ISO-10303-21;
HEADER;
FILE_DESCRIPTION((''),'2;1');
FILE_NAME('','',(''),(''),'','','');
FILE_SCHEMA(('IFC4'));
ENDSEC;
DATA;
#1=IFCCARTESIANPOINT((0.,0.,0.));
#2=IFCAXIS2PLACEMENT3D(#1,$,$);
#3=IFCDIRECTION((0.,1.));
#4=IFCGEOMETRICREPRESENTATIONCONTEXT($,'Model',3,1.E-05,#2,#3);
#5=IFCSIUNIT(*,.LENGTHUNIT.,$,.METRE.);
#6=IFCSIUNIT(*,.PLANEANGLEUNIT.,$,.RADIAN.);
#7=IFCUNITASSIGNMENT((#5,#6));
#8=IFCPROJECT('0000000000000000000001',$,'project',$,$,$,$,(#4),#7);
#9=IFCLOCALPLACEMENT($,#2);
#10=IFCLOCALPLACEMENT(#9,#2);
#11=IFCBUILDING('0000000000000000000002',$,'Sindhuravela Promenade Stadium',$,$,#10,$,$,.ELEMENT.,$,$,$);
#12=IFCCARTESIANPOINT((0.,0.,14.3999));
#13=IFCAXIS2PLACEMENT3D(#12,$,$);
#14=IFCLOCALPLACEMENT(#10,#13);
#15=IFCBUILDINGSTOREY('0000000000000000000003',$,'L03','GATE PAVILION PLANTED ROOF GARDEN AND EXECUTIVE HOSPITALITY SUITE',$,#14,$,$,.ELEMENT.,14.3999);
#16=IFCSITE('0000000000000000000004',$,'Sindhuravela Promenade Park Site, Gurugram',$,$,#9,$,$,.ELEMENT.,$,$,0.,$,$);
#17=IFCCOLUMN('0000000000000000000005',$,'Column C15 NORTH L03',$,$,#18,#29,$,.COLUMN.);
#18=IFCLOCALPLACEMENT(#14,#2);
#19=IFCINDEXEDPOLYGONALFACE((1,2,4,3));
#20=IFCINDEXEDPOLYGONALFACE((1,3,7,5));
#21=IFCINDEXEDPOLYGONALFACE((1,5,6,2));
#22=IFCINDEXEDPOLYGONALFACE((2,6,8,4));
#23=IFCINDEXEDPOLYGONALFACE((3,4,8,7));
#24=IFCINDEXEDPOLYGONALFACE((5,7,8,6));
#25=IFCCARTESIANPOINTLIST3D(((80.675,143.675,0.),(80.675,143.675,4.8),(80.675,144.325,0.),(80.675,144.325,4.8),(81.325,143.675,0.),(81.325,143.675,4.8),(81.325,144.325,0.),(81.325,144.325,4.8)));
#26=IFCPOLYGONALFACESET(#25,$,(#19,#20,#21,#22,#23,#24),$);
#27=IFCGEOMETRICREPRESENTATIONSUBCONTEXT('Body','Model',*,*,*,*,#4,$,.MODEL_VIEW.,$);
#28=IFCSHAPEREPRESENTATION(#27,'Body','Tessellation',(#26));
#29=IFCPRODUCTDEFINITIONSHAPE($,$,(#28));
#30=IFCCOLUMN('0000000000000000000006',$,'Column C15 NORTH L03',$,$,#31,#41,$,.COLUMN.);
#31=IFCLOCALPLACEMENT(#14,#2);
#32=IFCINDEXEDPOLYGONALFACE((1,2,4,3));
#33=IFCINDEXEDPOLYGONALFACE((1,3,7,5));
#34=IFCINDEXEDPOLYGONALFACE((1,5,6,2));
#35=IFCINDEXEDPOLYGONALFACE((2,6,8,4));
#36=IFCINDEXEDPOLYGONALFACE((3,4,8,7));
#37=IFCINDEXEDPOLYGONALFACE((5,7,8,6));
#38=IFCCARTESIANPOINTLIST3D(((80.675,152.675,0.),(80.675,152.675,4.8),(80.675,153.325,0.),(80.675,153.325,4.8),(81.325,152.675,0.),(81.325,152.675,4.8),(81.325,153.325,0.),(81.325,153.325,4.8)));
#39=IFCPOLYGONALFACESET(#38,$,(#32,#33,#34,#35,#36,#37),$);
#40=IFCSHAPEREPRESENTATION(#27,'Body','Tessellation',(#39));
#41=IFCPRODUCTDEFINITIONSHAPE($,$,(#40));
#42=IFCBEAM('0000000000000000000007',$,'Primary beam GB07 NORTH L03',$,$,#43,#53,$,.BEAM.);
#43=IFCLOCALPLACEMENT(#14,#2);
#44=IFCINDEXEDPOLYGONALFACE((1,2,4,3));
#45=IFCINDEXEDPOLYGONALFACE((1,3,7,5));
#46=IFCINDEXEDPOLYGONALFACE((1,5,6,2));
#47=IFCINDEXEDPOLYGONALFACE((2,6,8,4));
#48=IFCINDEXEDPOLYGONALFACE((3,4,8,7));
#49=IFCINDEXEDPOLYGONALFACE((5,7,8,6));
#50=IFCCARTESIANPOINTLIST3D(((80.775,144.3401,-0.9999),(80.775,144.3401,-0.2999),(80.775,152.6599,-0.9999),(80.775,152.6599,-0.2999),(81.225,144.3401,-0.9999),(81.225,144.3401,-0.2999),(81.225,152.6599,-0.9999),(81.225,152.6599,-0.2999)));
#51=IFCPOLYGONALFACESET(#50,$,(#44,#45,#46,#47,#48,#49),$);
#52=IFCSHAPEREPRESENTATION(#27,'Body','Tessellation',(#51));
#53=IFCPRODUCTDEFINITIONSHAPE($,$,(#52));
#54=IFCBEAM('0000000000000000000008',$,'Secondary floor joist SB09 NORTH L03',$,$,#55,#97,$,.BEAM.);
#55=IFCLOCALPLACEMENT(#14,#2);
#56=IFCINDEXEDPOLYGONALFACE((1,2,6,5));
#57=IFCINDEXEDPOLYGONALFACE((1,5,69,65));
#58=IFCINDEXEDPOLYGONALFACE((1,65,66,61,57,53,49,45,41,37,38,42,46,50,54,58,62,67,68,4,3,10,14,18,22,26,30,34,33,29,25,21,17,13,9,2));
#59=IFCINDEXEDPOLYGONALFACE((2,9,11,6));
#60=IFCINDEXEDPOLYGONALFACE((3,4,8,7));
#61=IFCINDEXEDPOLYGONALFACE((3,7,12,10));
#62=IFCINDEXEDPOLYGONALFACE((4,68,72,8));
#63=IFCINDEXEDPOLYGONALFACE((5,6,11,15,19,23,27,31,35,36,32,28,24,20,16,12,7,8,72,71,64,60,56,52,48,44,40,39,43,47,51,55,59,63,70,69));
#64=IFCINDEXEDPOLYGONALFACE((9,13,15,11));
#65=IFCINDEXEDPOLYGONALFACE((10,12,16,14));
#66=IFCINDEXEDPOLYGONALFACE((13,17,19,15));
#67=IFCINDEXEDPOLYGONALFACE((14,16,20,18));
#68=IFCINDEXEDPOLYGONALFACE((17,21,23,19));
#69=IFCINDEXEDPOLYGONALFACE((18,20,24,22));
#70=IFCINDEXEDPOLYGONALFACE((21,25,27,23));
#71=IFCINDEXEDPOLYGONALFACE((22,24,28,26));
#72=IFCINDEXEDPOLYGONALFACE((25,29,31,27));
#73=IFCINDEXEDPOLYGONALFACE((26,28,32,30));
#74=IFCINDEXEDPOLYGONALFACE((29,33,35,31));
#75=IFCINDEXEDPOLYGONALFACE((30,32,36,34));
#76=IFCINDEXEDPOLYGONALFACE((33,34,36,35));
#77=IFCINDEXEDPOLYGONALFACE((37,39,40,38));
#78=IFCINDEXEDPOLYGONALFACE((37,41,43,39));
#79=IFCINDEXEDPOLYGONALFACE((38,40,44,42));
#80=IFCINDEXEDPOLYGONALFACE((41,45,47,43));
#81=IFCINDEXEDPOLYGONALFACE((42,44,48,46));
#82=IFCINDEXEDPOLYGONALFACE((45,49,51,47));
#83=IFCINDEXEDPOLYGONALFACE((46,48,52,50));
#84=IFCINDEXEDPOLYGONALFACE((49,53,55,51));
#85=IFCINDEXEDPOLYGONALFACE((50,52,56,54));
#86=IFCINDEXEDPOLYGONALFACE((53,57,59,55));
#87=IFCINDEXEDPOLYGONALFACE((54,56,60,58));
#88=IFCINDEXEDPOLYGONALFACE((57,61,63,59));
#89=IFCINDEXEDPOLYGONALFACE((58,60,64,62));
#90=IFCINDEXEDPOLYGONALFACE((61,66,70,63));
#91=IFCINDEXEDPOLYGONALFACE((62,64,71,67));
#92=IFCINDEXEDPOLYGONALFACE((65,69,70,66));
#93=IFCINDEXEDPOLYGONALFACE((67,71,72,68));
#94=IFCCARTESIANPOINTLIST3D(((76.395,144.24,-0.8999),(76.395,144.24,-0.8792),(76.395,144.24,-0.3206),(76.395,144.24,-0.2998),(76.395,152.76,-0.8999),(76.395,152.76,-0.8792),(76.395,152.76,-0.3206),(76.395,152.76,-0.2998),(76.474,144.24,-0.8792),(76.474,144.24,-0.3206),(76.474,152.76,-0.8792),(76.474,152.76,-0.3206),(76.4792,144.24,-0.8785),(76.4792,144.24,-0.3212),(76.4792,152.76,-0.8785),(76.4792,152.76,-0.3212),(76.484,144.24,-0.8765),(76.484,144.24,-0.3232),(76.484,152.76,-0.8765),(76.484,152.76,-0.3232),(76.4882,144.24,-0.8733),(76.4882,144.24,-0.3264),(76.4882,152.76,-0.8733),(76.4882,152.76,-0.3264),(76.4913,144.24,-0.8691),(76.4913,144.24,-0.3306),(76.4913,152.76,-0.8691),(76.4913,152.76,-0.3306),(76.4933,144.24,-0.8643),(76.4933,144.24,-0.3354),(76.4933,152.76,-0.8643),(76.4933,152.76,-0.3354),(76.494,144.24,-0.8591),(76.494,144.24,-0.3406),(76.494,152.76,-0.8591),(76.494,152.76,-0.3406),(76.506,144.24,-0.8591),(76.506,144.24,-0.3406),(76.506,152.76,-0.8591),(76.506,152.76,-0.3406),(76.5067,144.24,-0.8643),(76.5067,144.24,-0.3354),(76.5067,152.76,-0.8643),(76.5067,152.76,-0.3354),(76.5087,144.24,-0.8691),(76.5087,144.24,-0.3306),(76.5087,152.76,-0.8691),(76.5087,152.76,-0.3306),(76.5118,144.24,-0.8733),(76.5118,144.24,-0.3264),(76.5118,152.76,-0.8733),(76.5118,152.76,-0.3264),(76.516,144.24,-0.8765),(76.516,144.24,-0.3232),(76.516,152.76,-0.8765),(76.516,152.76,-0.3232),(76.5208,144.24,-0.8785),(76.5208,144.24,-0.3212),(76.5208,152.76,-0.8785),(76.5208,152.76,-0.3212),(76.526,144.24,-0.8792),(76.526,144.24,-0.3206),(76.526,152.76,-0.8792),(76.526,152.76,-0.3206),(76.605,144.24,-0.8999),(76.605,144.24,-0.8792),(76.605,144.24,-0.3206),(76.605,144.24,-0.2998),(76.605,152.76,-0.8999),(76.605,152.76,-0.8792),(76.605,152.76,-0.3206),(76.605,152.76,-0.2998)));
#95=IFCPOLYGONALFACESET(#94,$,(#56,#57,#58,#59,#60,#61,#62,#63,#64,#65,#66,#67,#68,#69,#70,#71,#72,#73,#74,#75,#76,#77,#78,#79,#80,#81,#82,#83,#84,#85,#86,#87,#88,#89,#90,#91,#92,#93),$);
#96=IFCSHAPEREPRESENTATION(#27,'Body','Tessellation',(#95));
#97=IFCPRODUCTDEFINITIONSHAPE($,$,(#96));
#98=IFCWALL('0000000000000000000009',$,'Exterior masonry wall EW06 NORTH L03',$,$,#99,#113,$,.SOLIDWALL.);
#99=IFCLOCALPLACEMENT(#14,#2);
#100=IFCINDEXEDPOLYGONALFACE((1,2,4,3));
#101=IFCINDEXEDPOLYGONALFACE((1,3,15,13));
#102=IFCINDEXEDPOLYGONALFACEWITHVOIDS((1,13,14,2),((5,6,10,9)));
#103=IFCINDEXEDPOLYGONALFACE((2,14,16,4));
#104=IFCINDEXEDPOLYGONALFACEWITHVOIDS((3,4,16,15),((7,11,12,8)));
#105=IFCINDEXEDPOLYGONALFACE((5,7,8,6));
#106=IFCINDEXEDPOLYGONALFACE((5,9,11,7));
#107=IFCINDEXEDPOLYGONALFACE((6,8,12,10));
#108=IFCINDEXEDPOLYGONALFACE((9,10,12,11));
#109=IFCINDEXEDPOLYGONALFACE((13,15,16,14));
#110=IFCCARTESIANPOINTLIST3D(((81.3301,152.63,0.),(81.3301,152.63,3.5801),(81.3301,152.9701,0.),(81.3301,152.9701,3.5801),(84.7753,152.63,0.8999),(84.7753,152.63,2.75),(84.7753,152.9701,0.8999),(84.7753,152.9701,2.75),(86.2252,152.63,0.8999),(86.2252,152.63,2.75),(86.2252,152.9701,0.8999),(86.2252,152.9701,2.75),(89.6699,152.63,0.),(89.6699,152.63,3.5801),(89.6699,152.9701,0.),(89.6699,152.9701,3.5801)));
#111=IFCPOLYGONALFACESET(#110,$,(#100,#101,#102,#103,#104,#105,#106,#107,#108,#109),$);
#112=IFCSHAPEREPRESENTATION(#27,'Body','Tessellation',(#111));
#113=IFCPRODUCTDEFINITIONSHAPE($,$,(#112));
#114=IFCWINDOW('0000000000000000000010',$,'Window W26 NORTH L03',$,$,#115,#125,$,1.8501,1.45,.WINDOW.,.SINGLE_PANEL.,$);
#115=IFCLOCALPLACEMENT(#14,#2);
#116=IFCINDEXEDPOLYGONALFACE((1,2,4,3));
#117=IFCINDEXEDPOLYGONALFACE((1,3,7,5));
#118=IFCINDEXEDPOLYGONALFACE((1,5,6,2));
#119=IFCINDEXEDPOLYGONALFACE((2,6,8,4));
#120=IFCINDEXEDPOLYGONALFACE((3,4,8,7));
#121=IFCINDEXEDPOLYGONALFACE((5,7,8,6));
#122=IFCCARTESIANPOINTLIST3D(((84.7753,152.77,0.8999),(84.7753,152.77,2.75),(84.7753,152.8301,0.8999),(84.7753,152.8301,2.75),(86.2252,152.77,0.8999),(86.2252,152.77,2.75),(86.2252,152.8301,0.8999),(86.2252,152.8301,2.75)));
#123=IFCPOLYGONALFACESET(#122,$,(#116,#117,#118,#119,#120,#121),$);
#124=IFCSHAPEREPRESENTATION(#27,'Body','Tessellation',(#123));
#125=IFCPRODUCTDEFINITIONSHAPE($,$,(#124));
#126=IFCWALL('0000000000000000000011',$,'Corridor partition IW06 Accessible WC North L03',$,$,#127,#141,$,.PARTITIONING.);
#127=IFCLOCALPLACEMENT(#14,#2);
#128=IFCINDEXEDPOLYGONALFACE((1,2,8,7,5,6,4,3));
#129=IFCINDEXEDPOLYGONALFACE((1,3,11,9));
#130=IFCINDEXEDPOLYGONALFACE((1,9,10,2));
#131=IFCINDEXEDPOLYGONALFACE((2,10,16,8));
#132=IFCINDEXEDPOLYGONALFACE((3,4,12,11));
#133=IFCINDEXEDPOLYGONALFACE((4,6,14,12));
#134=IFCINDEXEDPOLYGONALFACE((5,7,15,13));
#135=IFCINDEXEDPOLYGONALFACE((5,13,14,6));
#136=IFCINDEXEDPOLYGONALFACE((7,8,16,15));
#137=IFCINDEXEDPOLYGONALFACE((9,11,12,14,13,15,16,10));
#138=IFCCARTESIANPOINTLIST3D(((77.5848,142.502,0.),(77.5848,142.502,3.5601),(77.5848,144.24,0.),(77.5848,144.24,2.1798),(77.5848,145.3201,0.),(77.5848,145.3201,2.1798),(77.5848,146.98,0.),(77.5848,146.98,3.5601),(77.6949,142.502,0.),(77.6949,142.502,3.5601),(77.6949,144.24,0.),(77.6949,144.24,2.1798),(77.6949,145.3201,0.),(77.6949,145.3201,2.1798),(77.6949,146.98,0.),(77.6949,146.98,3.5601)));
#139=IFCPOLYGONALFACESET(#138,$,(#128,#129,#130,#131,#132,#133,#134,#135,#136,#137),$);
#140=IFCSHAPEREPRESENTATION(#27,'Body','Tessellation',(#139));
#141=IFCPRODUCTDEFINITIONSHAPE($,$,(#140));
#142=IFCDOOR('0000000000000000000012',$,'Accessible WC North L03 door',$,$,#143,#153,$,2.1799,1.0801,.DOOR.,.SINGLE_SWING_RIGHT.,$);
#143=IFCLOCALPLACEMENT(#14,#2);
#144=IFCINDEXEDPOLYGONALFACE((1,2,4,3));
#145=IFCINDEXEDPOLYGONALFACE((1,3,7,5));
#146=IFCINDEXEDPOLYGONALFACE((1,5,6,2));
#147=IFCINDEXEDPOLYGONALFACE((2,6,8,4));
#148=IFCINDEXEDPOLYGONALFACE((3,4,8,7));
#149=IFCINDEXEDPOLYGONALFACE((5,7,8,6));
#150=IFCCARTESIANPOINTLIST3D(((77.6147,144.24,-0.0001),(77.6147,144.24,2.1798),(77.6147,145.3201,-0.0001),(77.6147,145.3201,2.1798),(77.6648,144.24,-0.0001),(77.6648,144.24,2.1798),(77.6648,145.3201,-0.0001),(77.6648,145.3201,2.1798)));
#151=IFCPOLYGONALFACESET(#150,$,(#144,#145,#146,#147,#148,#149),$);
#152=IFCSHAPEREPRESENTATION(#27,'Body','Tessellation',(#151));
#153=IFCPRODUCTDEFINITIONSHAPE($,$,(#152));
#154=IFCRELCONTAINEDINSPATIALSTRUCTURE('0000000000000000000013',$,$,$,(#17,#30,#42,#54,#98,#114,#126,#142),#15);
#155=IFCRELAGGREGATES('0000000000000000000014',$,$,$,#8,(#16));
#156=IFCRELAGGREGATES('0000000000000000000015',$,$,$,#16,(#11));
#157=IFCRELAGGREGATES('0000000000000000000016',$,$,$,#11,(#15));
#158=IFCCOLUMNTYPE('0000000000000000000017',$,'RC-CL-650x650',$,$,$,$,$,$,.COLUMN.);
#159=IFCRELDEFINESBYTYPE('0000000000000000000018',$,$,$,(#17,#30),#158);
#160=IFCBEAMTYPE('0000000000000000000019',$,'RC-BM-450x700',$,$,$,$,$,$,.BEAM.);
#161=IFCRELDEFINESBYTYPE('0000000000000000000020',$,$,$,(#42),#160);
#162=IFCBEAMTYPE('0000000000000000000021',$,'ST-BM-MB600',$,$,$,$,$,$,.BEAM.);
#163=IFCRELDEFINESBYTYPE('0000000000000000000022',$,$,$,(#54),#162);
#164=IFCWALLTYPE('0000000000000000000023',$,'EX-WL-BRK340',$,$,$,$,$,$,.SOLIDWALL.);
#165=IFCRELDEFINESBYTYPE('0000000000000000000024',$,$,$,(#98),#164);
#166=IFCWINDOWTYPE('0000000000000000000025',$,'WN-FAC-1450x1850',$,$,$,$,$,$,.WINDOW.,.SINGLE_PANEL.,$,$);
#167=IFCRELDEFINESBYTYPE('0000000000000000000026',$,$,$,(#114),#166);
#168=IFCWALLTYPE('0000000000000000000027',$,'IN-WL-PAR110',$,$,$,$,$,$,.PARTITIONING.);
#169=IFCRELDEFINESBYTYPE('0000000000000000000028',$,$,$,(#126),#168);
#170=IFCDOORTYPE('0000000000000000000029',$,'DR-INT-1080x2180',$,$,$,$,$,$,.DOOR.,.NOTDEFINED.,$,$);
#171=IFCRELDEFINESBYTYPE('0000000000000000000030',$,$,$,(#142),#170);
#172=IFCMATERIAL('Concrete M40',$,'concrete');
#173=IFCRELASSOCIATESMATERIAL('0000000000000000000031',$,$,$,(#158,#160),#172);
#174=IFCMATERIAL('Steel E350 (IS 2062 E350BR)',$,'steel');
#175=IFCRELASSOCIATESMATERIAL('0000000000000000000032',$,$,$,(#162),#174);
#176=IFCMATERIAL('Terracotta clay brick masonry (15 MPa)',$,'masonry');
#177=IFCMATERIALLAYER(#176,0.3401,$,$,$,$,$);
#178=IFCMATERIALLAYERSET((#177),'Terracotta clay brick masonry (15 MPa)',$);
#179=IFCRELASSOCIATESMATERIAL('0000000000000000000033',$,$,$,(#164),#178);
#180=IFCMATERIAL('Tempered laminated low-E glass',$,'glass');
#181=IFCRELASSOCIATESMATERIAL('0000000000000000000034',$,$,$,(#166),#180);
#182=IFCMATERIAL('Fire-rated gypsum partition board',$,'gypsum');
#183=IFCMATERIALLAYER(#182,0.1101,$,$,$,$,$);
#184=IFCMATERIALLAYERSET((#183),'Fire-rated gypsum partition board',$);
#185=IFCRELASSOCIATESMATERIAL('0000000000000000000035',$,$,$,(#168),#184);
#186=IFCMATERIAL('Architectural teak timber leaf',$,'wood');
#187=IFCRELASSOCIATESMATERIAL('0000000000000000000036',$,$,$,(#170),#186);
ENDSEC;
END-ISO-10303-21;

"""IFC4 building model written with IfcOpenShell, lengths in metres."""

from ifc_helpers import new_model, si_unit, direction, frame, frame_2d, origin, origin_2d, place, context, subcontext, project, spatial, rectangle, i_section, extrude, material, layer, layer_set, material_profile, profile_set, type_object, element, fill, save


model = new_model("IFC4")

# Units and contexts
model_context = context("Model", 3, precision=1e-05, world=origin(), true_north=direction((0.0, 1.0)))
body_context = subcontext(model_context, "Body", "Model", "MODEL_VIEW")
ifc_project = project(units=[si_unit("LENGTHUNIT", "METRE"), si_unit("PLANEANGLEUNIT", "RADIAN")], contexts=[model_context])

# Site, building, storey
site_placement = place(None, origin())
site = spatial("IfcSite", under=ifc_project, at=site_placement, Name="Sindhuravela Promenade Park Site, Gurugram", CompositionType="ELEMENT", RefElevation=0.0)
building_placement = place(site_placement, origin())
building = spatial("IfcBuilding", under=site, at=building_placement, Name="Sindhuravela Promenade Stadium", CompositionType="ELEMENT")
storey_placement = place(building_placement, frame((0.0, 0.0, 14.3999)))
storey = spatial("IfcBuildingStorey", under=building, at=storey_placement, Name="L03", Description="GATE PAVILION PLANTED ROOF GARDEN AND EXECUTIVE HOSPITALITY SUITE", CompositionType="ELEMENT", Elevation=14.3999)

# Columns
ifc_material_1 = material(Name="Concrete M40", Category="concrete")
ifc_material_profile_1 = material_profile(ifc_material_1, rectangle(XDim=0.6499, YDim=0.6499, at=origin_2d()), Name="RC 650x650")
ifc_profile_set_1 = profile_set([ifc_material_profile_1], Name="Concrete M40")
column_type = type_object("IfcColumnType", Name="RC-CL-650x650", PredefinedType="COLUMN", material=ifc_profile_set_1)
for number, where, z_axis, x_axis, name in (
    (1, (81.0, 144.0, 0.0), (0.0, 0.0, 1.0), (1.0, 0.0, 0.0), "Column C15 NORTH L03"),
    (2, (81.0, 153.0, 0.0), (0.0, 0.0, 1.0), (1.0, 0.0, 0.0), "Column C15 NORTH L03"),
):
    element("IfcColumn", number, at=place(storey_placement, frame(where, z_axis=z_axis, x_axis=x_axis)), inside=storey, type_object=column_type, Name=name, PredefinedType="COLUMN", context=body_context, shape_type="SweptSolid", body=[
        extrude(rectangle(XDim=0.6499, YDim=0.6499, at=origin_2d()), origin(), (0.0, 0.0, 1.0), 4.8),
    ])

# Beams
ifc_material_profile_2 = material_profile(ifc_material_1, rectangle(XDim=0.45, YDim=0.7, at=origin_2d()), Name="RC 450x700")
ifc_profile_set_2 = profile_set([ifc_material_profile_2], Name="Concrete M40")
beam_type_1 = type_object("IfcBeamType", Name="RC-BM-450x700", PredefinedType="BEAM", material=ifc_profile_set_2)
beam_1_placement = place(storey_placement, frame((81.0, 144.3401, -0.6499), z_axis=(0.0, 1.0, 0.0), x_axis=(-1.0, 0.0, 0.0)))
element("IfcBeam", 3, at=beam_1_placement, inside=storey, type_object=beam_type_1, Name="Primary beam GB07 NORTH L03", PredefinedType="BEAM", context=body_context, shape_type="SweptSolid", body=[
    extrude(rectangle(XDim=0.45, YDim=0.7, at=origin_2d()), origin(), (0.0, 0.0, 1.0), 8.3198),
])
ifc_material_2 = material(Name="Steel E350 (IS 2062 E350BR)", Category="steel")
ifc_material_profile_3 = material_profile(ifc_material_2, i_section(OverallWidth=0.21, OverallDepth=0.6001, WebThickness=0.012, FlangeThickness=0.0208, FilletRadius=0.02, at=origin_2d()), Name="ISMB 600")
ifc_profile_set_3 = profile_set([ifc_material_profile_3], Name="Steel E350 (IS 2062 E350BR)")
beam_type_2 = type_object("IfcBeamType", Name="ST-BM-MB600", PredefinedType="BEAM", material=ifc_profile_set_3)
beam_2_placement = place(storey_placement, frame((76.5, 144.24, -0.5999), z_axis=(0.0, 1.0, 0.0), x_axis=(-1.0, 0.0, 0.0)))
element("IfcBeam", 4, at=beam_2_placement, inside=storey, type_object=beam_type_2, Name="Secondary floor joist SB09 NORTH L03", PredefinedType="BEAM", context=body_context, shape_type="SweptSolid", body=[
    extrude(i_section(OverallWidth=0.21, OverallDepth=0.6001, WebThickness=0.012, FlangeThickness=0.0208, FilletRadius=0.02, at=origin_2d()), origin(), (0.0, 0.0, 1.0), 8.52),
])

# Wall, opening, window
ifc_material_3 = material(Name="Terracotta clay brick masonry (15 MPa)", Category="masonry")
ifc_layer_1 = layer(ifc_material_3, 0.3401)
ifc_layer_set_1 = layer_set([ifc_layer_1], Name="Terracotta clay brick masonry (15 MPa)")
wall_type_1 = type_object("IfcWallType", Name="EX-WL-BRK340", PredefinedType="SOLIDWALL", material=ifc_layer_set_1)
wall_1_placement = place(storey_placement, frame((81.3301, 152.8, 0.0), z_axis=(0.0, 0.0, 1.0), x_axis=(1.0, 0.0, 0.0)))
wall_1 = element("IfcWall", 5, at=wall_1_placement, inside=storey, type_object=wall_type_1, Name="Exterior masonry wall EW06 NORTH L03", PredefinedType="SOLIDWALL", context=body_context, shape_type="SweptSolid", body=[
    extrude(rectangle(XDim=8.3398, YDim=0.3401, at=frame_2d((4.1699, 0.0))), origin(), (0.0, 0.0, 1.0), 3.5801),
])
opening_1_placement = place(wall_1_placement, frame((3.4451, 0.0, 0.8999)))
opening_1 = element("IfcOpeningElement", 6, at=opening_1_placement, cuts=wall_1, PredefinedType="OPENING", context=body_context, shape_type="SweptSolid", body=[
    extrude(rectangle(XDim=1.45, YDim=1.8501, at=frame_2d((0.7251, 0.925))), frame((0.0, 0.1799, 0.0), z_axis=(0.0, -1.0, 0.0), x_axis=(1.0, 0.0, 0.0)), (0.0, 0.0, 1.0), 0.3601),
])
ifc_material_4 = material(Name="Tempered laminated low-E glass", Category="glass")
window_type = type_object("IfcWindowType", Name="WN-FAC-1450x1850", PartitioningType="SINGLE_PANEL", PredefinedType="WINDOW", material=ifc_material_4)
window_placement = place(opening_1_placement, origin())
window = element("IfcWindow", 7, at=window_placement, inside=storey, type_object=window_type, Name="Window W26 NORTH L03", OverallHeight=1.8501, OverallWidth=1.45, PartitioningType="SINGLE_PANEL", PredefinedType="WINDOW", context=body_context, shape_type="SweptSolid", body=[
    extrude(rectangle(XDim=1.45, YDim=1.8501, at=frame_2d((0.7251, 0.925))), frame((0.0, 0.03, 0.0), z_axis=(0.0, -1.0, 0.0), x_axis=(1.0, 0.0, 0.0)), (0.0, 0.0, 1.0), 0.0601),
])
fill(opening_1, window)

# Wall, opening, door
ifc_material_5 = material(Name="Fire-rated gypsum partition board", Category="gypsum")
ifc_layer_2 = layer(ifc_material_5, 0.1101)
ifc_layer_set_2 = layer_set([ifc_layer_2], Name="Fire-rated gypsum partition board")
wall_type_2 = type_object("IfcWallType", Name="IN-WL-PAR110", PredefinedType="PARTITIONING", material=ifc_layer_set_2)
wall_2_placement = place(storey_placement, frame((77.6399, 146.98, 0.0), z_axis=(0.0, 0.0, 1.0), x_axis=(0.0, -1.0, 0.0)))
wall_2 = element("IfcWall", 8, at=wall_2_placement, inside=storey, type_object=wall_type_2, Name="Corridor partition IW06 Accessible WC North L03", PredefinedType="PARTITIONING", context=body_context, shape_type="SweptSolid", body=[
    extrude(rectangle(XDim=4.478, YDim=0.1101, at=frame_2d((2.239, 0.0))), origin(), (0.0, 0.0, 1.0), 3.5601),
])
opening_2_placement = place(wall_2_placement, frame((1.6599, 0.0, 0.0)))
opening_2 = element("IfcOpeningElement", 9, at=opening_2_placement, cuts=wall_2, PredefinedType="OPENING", context=body_context, shape_type="SweptSolid", body=[
    extrude(rectangle(XDim=1.0801, YDim=2.1799, at=frame_2d((0.54, 1.0898))), frame((0.0, 0.0649, 0.0), z_axis=(0.0, -1.0, 0.0), x_axis=(1.0, 0.0, 0.0)), (0.0, 0.0, 1.0), 0.1301),
])
ifc_material_6 = material(Name="Architectural teak timber leaf", Category="wood")
door_type_1 = type_object("IfcDoorType", Name="DR-INT-1080x2180", OperationType="NOTDEFINED", PredefinedType="DOOR", material=ifc_material_6)
door_1_placement = place(opening_2_placement, origin())
door_1 = element("IfcDoor", 10, at=door_1_placement, inside=storey, type_object=door_type_1, Name="Accessible WC North L03 door", OperationType="SINGLE_SWING_RIGHT", OverallHeight=2.1799, OverallWidth=1.0801, PredefinedType="DOOR", context=body_context, shape_type="SweptSolid", body=[
    extrude(rectangle(XDim=1.0801, YDim=2.1799, at=frame_2d((0.54, 1.0898))), frame((0.0, 0.0249, 0.0), z_axis=(0.0, -1.0, 0.0), x_axis=(1.0, 0.0, 0.0)), (0.0, 0.0, 1.0), 0.05),
])
fill(opening_2, door_1)

save(model, "model.ifc")
